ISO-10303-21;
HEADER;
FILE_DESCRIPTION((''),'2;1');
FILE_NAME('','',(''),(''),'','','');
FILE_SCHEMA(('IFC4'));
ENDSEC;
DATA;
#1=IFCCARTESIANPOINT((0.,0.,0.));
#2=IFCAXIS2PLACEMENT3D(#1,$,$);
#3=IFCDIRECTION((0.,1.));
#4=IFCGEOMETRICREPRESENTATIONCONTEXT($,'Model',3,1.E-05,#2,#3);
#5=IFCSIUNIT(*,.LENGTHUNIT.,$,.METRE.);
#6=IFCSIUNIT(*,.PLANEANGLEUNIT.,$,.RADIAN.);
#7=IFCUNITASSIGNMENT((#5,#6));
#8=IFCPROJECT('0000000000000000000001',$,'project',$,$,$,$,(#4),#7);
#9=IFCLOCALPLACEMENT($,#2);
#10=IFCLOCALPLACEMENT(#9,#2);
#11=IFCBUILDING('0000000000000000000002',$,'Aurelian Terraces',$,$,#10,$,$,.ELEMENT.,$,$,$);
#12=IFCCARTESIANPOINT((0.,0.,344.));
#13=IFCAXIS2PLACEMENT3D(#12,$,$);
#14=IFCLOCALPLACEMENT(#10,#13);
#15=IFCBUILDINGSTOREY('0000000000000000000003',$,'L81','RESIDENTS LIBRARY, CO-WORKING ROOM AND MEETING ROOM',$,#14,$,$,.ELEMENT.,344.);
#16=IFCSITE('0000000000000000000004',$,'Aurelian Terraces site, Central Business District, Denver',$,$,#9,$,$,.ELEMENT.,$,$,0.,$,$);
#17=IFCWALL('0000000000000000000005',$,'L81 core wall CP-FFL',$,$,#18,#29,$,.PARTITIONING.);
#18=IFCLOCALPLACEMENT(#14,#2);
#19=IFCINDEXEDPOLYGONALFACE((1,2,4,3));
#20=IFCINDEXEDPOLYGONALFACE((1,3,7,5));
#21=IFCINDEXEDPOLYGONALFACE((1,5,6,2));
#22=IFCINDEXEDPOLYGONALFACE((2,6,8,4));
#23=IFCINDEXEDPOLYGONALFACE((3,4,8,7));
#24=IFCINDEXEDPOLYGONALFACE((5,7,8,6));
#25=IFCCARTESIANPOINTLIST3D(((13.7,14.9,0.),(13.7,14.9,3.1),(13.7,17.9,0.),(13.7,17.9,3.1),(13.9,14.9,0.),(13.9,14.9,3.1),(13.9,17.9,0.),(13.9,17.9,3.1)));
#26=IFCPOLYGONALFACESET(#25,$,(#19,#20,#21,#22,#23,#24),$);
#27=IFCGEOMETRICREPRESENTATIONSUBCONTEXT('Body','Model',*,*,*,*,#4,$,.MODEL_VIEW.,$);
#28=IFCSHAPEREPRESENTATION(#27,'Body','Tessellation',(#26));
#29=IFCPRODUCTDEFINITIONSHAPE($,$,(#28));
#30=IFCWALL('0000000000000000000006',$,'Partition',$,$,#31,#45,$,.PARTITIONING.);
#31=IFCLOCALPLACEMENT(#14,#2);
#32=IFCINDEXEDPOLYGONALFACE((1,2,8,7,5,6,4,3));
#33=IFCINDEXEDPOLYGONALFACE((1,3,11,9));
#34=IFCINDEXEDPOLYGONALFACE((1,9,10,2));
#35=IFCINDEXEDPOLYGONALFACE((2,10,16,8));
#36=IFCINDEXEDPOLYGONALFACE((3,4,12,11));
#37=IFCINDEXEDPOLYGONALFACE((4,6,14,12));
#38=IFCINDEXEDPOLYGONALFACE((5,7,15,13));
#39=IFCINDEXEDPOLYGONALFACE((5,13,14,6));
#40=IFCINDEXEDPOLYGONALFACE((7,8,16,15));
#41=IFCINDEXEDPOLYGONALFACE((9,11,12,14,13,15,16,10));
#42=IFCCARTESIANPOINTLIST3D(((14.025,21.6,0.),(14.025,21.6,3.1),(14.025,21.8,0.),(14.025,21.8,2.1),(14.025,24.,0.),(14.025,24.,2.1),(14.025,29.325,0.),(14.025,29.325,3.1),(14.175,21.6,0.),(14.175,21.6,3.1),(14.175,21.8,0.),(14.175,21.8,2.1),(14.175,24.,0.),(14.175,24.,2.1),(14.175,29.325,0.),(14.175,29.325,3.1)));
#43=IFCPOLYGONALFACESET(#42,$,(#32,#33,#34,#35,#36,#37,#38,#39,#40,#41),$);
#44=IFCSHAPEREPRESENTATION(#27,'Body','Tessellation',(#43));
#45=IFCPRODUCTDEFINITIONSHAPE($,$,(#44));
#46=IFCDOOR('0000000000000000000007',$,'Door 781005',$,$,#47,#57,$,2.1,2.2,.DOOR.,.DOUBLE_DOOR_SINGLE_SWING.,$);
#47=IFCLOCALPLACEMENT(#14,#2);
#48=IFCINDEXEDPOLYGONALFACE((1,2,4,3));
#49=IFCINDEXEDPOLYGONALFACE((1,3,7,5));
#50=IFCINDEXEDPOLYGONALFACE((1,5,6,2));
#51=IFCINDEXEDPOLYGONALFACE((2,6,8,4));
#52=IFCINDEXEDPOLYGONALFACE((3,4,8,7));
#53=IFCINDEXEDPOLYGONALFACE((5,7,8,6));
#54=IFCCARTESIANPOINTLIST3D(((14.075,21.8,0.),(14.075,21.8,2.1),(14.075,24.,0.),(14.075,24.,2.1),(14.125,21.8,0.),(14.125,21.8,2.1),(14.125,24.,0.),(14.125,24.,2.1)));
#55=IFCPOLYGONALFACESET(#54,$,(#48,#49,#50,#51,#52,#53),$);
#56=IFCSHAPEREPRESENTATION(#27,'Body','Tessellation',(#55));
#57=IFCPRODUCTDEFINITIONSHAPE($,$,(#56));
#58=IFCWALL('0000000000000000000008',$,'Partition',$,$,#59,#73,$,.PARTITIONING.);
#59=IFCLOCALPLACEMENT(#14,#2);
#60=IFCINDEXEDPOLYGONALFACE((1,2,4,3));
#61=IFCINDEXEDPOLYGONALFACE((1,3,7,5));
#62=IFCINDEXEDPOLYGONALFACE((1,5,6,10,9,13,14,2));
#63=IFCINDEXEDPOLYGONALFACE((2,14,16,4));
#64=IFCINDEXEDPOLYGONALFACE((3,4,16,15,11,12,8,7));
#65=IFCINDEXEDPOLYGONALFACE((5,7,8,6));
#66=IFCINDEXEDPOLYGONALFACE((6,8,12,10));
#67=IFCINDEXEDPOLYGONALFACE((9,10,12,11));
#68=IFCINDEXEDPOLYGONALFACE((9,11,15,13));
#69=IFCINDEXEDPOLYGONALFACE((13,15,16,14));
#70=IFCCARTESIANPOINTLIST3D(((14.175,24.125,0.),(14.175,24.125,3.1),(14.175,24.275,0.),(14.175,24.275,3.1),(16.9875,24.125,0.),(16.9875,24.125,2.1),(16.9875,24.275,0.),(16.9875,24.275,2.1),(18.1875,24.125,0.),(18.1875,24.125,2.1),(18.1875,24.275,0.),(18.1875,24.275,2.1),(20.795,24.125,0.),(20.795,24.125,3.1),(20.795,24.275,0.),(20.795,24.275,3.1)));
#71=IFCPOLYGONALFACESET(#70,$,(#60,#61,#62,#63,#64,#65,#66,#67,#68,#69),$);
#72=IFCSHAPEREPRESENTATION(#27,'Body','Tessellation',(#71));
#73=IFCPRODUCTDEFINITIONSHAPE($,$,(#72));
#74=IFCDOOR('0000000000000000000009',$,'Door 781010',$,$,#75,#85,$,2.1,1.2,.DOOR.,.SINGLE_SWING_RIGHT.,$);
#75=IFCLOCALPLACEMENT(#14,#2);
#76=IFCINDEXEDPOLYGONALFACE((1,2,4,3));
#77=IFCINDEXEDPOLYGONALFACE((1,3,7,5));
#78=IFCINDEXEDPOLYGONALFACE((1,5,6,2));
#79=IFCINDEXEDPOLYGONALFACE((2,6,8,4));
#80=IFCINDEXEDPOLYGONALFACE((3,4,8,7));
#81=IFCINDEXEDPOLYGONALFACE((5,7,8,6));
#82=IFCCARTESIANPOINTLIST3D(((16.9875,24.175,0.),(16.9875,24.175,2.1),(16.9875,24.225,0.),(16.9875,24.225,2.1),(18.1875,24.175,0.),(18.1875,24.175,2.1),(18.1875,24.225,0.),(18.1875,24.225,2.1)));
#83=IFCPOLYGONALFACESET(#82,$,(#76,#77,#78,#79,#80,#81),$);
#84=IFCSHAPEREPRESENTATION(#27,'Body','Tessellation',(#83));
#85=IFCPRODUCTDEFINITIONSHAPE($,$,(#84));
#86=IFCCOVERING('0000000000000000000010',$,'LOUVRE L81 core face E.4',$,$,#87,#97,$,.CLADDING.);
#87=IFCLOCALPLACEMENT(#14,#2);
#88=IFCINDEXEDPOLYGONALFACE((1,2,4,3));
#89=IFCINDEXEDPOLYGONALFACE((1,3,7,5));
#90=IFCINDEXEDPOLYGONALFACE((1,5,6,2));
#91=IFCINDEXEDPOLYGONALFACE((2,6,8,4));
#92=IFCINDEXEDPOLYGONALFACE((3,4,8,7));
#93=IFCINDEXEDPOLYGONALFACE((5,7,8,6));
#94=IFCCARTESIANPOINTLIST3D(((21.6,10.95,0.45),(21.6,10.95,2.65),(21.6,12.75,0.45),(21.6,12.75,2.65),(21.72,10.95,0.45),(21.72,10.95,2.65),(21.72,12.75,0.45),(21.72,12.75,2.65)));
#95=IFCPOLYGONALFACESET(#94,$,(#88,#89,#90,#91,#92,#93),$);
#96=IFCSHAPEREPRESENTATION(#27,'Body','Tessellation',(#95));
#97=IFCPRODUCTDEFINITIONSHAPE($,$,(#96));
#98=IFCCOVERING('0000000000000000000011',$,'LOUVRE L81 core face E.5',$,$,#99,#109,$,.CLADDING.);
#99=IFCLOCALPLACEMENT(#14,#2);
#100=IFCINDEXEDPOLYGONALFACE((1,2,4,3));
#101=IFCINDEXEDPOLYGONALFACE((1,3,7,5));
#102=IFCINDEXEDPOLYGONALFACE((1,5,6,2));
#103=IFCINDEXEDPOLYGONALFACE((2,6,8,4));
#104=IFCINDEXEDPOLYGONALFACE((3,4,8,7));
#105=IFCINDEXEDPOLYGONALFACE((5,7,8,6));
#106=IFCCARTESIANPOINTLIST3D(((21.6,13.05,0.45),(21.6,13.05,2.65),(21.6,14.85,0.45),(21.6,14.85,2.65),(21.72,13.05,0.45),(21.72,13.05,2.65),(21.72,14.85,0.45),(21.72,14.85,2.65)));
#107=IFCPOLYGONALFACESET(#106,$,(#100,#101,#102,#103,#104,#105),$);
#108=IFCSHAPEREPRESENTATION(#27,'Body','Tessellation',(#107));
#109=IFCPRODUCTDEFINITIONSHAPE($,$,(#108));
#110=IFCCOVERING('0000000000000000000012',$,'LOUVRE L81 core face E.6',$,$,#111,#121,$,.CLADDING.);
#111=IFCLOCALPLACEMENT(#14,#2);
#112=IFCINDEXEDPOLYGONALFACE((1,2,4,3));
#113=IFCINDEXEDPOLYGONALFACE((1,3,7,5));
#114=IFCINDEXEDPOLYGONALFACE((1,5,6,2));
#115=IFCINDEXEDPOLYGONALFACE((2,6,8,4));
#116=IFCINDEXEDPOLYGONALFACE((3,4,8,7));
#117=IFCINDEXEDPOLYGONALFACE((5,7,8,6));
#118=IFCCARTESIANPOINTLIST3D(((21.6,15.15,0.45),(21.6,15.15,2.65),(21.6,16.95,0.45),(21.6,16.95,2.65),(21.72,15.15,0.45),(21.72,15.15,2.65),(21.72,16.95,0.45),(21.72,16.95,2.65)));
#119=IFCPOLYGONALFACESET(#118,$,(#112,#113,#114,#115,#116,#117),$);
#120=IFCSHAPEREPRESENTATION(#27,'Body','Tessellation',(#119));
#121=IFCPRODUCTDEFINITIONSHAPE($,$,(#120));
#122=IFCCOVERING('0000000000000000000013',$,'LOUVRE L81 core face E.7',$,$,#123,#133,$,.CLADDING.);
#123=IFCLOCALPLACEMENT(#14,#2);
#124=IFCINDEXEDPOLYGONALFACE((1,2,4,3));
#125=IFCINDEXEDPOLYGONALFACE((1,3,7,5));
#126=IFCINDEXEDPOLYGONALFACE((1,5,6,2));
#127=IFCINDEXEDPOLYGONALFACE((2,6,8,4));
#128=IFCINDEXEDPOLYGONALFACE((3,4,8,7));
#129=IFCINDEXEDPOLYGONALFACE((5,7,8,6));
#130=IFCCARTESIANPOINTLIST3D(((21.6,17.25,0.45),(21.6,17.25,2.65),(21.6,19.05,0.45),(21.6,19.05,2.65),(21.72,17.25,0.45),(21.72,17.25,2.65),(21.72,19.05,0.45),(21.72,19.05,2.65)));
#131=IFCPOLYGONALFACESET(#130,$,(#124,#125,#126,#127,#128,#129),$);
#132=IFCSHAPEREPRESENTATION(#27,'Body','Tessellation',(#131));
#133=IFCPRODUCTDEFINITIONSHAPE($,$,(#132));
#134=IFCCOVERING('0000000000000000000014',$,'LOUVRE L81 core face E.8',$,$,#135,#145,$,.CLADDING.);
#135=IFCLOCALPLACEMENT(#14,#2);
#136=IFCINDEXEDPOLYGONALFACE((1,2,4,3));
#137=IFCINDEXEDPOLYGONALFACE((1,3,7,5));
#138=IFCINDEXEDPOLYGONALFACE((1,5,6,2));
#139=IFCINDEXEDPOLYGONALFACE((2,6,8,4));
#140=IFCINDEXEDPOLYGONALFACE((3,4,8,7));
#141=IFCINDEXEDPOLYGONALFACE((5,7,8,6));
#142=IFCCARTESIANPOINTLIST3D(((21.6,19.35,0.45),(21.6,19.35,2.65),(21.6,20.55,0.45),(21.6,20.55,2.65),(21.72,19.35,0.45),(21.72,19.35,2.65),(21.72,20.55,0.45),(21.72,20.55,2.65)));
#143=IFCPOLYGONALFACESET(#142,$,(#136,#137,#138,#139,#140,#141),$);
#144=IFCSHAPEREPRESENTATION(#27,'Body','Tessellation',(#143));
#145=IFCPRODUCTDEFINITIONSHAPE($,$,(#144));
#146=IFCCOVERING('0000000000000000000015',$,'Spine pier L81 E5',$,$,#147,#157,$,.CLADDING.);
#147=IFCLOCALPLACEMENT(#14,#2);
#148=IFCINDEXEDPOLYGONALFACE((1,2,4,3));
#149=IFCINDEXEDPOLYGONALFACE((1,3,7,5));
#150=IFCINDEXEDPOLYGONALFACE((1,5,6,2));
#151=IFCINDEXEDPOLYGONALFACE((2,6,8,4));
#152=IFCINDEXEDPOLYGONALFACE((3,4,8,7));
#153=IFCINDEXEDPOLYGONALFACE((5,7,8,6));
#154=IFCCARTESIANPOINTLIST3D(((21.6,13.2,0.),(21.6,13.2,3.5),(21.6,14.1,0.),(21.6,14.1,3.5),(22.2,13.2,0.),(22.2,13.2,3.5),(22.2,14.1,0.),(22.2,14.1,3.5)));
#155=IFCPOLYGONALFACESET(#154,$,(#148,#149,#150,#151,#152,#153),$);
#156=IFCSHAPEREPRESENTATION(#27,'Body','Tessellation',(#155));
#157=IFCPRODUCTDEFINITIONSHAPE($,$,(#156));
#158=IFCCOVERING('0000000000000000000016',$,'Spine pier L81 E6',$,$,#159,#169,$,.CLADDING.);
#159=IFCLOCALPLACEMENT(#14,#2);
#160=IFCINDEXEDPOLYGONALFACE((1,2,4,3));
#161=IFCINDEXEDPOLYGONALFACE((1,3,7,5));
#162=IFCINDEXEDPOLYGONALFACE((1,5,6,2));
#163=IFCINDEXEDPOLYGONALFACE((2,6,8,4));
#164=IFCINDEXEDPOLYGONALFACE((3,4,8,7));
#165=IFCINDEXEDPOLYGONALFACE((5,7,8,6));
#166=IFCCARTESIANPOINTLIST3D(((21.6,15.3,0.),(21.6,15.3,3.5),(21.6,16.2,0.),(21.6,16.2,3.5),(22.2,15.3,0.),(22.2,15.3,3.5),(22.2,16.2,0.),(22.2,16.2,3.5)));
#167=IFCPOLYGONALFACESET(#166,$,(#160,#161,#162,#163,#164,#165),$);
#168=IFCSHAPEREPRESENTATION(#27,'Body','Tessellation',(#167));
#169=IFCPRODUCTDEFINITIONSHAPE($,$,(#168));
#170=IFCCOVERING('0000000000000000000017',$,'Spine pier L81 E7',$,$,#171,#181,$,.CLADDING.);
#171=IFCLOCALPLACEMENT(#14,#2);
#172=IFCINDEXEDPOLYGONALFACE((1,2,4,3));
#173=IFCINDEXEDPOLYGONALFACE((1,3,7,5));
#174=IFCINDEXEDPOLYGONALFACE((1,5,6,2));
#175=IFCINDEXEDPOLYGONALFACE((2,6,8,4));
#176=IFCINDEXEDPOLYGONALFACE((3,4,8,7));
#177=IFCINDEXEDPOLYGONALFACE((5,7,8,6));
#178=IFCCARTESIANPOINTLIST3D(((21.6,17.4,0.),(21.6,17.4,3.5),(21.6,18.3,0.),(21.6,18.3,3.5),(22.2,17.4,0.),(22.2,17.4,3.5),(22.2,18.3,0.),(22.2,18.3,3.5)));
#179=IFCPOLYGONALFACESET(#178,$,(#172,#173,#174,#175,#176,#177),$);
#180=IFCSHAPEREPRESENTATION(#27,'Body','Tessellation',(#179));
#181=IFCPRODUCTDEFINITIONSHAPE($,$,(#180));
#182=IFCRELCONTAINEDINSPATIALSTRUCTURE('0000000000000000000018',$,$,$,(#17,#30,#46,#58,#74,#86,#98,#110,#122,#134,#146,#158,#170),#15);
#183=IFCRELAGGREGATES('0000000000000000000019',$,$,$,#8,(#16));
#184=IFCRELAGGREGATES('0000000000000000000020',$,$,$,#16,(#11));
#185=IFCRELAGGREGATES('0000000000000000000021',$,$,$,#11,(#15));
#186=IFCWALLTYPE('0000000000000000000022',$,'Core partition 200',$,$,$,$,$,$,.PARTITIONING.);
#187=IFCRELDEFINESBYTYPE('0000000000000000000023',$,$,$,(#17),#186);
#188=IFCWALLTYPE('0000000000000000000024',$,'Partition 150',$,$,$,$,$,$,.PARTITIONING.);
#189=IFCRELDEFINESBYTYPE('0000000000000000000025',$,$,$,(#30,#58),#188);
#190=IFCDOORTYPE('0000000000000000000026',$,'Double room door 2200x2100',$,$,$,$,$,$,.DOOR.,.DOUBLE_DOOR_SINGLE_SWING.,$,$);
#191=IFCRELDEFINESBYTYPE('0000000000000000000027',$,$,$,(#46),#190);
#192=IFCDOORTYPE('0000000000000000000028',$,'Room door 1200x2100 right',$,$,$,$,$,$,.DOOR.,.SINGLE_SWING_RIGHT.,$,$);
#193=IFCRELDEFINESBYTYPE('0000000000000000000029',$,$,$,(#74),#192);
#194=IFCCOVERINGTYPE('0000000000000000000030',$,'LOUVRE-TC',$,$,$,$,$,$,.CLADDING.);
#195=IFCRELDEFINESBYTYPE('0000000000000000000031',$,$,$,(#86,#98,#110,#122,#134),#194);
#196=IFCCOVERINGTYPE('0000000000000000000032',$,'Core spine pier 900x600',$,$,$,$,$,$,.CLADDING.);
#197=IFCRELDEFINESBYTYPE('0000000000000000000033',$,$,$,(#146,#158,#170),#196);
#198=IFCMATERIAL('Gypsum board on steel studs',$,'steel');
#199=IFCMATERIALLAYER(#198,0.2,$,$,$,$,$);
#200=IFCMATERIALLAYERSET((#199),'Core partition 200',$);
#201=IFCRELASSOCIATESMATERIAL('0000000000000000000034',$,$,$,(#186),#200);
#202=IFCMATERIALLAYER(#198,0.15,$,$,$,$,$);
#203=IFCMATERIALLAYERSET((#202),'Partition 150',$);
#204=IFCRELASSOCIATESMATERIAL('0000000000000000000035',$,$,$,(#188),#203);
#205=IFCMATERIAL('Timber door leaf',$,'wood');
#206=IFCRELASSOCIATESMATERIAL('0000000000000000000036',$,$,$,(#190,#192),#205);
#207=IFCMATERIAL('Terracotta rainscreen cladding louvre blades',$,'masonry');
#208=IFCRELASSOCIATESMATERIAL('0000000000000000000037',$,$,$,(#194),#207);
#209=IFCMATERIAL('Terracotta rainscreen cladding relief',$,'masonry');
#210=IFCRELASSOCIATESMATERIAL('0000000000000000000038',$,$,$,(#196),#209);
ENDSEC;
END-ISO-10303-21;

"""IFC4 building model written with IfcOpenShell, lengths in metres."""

from ifc_helpers import new_model, si_unit, direction, frame, frame_2d, origin, origin_2d, place, context, subcontext, project, spatial, rectangle, extrude, source, transform, mapped, material, layer, layer_set, type_object, element, fill, save


model = new_model("IFC4")

# Units and contexts
model_context = context("Model", 3, precision=1e-05, world=origin(), true_north=direction((0.0, 1.0)))
body_context = subcontext(model_context, "Body", "Model", "MODEL_VIEW")
ifc_project = project(units=[si_unit("LENGTHUNIT", "METRE"), si_unit("PLANEANGLEUNIT", "RADIAN")], contexts=[model_context])

# Site, building, storey
site_placement = place(None, origin())
site = spatial("IfcSite", under=ifc_project, at=site_placement, Name="Aurelian Terraces site, Central Business District, Denver", CompositionType="ELEMENT", RefElevation=0.0)
building_placement = place(site_placement, origin())
building = spatial("IfcBuilding", under=site, at=building_placement, Name="Aurelian Terraces", CompositionType="ELEMENT")
storey_placement = place(building_placement, frame((0.0, 0.0, 344.0)))
storey = spatial("IfcBuildingStorey", under=building, at=storey_placement, Name="L81", Description="RESIDENTS LIBRARY, CO-WORKING ROOM AND MEETING ROOM", CompositionType="ELEMENT", Elevation=344.0)

# Wall
ifc_material_1 = material(Name="Gypsum board on steel studs", Category="steel")
ifc_layer_1 = layer(ifc_material_1, 0.2)
ifc_layer_set_1 = layer_set([ifc_layer_1], Name="Core partition 200")
wall_type_1 = type_object("IfcWallType", Name="Core partition 200", PredefinedType="PARTITIONING", material=ifc_layer_set_1)
shared_shape_1 = source(origin(), body_context, "Body", "SweptSolid", [
    extrude(rectangle(XDim=3.0, YDim=0.2, at=frame_2d((1.5, 0.0))), origin(), (0.0, 0.0, 1.0), 3.1),
])
wall_1_placement = place(storey_placement, frame((13.8, 14.9, 0.0), z_axis=(0.0, 0.0, 1.0), x_axis=(0.0, 1.0, 0.0)))
element("IfcWall", 1, at=wall_1_placement, inside=storey, type_object=wall_type_1, Name="L81 core wall CP-FFL", PredefinedType="PARTITIONING", context=body_context, shape_type="MappedRepresentation", body=[
    mapped(shared_shape_1, transform((0.0, 0.0, 0.0), scale=1.0)),
])

# Walls, openings, doors
ifc_layer_2 = layer(ifc_material_1, 0.15)
ifc_layer_set_2 = layer_set([ifc_layer_2], Name="Partition 150")
wall_type_2 = type_object("IfcWallType", Name="Partition 150", PredefinedType="PARTITIONING", material=ifc_layer_set_2)
shared_shape_2 = source(origin(), body_context, "Body", "SweptSolid", [
    extrude(rectangle(XDim=7.725, YDim=0.15, at=frame_2d((3.8625, 0.0))), origin(), (0.0, 0.0, 1.0), 3.1),
])
wall_2_placement = place(storey_placement, frame((14.1, 29.325, 0.0), z_axis=(0.0, 0.0, 1.0), x_axis=(0.0, -1.0, 0.0)))
wall_2 = element("IfcWall", 2, at=wall_2_placement, inside=storey, type_object=wall_type_2, Name="Partition", PredefinedType="PARTITIONING", context=body_context, shape_type="MappedRepresentation", body=[
    mapped(shared_shape_2, transform((0.0, 0.0, 0.0), scale=1.0)),
])
shared_shape_3 = source(origin(), body_context, "Body", "SweptSolid", [
    extrude(rectangle(XDim=2.2, YDim=2.1, at=frame_2d((1.1, 1.05))), frame((0.0, 0.085, 0.0), z_axis=(0.0, -1.0, 0.0), x_axis=(1.0, 0.0, 0.0)), (0.0, 0.0, 1.0), 0.17),
])
opening_1_placement = place(wall_2_placement, frame((5.325, 0.0, 0.0)))
opening_1 = element("IfcOpeningElement", 3, at=opening_1_placement, cuts=wall_2, PredefinedType="OPENING", context=body_context, shape_type="MappedRepresentation", body=[
    mapped(shared_shape_3, transform((0.0, 0.0, 0.0), scale=1.0)),
])
ifc_material_2 = material(Name="Timber door leaf", Category="wood")
door_type_1 = type_object("IfcDoorType", Name="Double room door 2200x2100", OperationType="DOUBLE_DOOR_SINGLE_SWING", PredefinedType="DOOR", material=ifc_material_2)
shared_shape_4 = source(origin(), body_context, "Body", "SweptSolid", [
    extrude(rectangle(XDim=2.2, YDim=2.1, at=frame_2d((1.1, 1.05))), frame((0.0, 0.025, 0.0), z_axis=(0.0, -1.0, 0.0), x_axis=(1.0, 0.0, 0.0)), (0.0, 0.0, 1.0), 0.05),
])
door_1_placement = place(opening_1_placement, origin())
door_1 = element("IfcDoor", 4, at=door_1_placement, inside=storey, type_object=door_type_1, Name="Door 781005", OperationType="DOUBLE_DOOR_SINGLE_SWING", OverallHeight=2.1, OverallWidth=2.2, PredefinedType="DOOR", context=body_context, shape_type="MappedRepresentation", body=[
    mapped(shared_shape_4, transform((0.0, 0.0, 0.0), scale=1.0)),
])
fill(opening_1, door_1)
shared_shape_5 = source(origin(), body_context, "Body", "SweptSolid", [
    extrude(rectangle(XDim=6.62, YDim=0.15, at=frame_2d((3.31, 0.0))), origin(), (0.0, 0.0, 1.0), 3.1),
])
wall_3_placement = place(storey_placement, frame((14.175, 24.2, 0.0), z_axis=(0.0, 0.0, 1.0), x_axis=(1.0, 0.0, 0.0)))
wall_3 = element("IfcWall", 5, at=wall_3_placement, inside=storey, type_object=wall_type_2, Name="Partition", PredefinedType="PARTITIONING", context=body_context, shape_type="MappedRepresentation", body=[
    mapped(shared_shape_5, transform((0.0, 0.0, 0.0), scale=1.0)),
])
shared_shape_6 = source(origin(), body_context, "Body", "SweptSolid", [
    extrude(rectangle(XDim=1.2, YDim=2.1, at=frame_2d((0.6, 1.05))), frame((0.0, 0.085, 0.0), z_axis=(0.0, -1.0, 0.0), x_axis=(1.0, 0.0, 0.0)), (0.0, 0.0, 1.0), 0.17),
])
opening_2_placement = place(wall_3_placement, frame((2.8125, 0.0, 0.0)))
opening_2 = element("IfcOpeningElement", 6, at=opening_2_placement, cuts=wall_3, PredefinedType="OPENING", context=body_context, shape_type="MappedRepresentation", body=[
    mapped(shared_shape_6, transform((0.0, 0.0, 0.0), scale=1.0)),
])
door_type_2 = type_object("IfcDoorType", Name="Room door 1200x2100 right", OperationType="SINGLE_SWING_RIGHT", PredefinedType="DOOR", material=ifc_material_2)
shared_shape_7 = source(origin(), body_context, "Body", "SweptSolid", [
    extrude(rectangle(XDim=1.2, YDim=2.1, at=frame_2d((0.6, 1.05))), frame((0.0, 0.025, 0.0), z_axis=(0.0, -1.0, 0.0), x_axis=(1.0, 0.0, 0.0)), (0.0, 0.0, 1.0), 0.05),
])
door_2_placement = place(opening_2_placement, origin())
door_2 = element("IfcDoor", 7, at=door_2_placement, inside=storey, type_object=door_type_2, Name="Door 781010", OperationType="SINGLE_SWING_RIGHT", OverallHeight=2.1, OverallWidth=1.2, PredefinedType="DOOR", context=body_context, shape_type="MappedRepresentation", body=[
    mapped(shared_shape_7, transform((0.0, 0.0, 0.0), scale=1.0)),
])
fill(opening_2, door_2)

# Coverings
ifc_material_3 = material(Name="Terracotta rainscreen cladding louvre blades", Category="masonry")
covering_type_1 = type_object("IfcCoveringType", Name="LOUVRE-TC", PredefinedType="CLADDING", material=ifc_material_3)
shared_shape_8 = source(origin(), body_context, "Body", "SweptSolid", [
    extrude(rectangle(XDim=0.12, YDim=1.8, at=origin_2d()), origin(), (0.0, 0.0, 1.0), 2.2),
])
for number, where, z_axis, x_axis, name in (
    (8, (21.66, 11.85, 0.45), (0.0, 0.0, 1.0), (1.0, 0.0, 0.0), "LOUVRE L81 core face E.4"),
    (9, (21.66, 13.95, 0.45), (0.0, 0.0, 1.0), (1.0, 0.0, 0.0), "LOUVRE L81 core face E.5"),
    (10, (21.66, 16.05, 0.45), (0.0, 0.0, 1.0), (1.0, 0.0, 0.0), "LOUVRE L81 core face E.6"),
    (11, (21.66, 18.15, 0.45), (0.0, 0.0, 1.0), (1.0, 0.0, 0.0), "LOUVRE L81 core face E.7"),
):
    element("IfcCovering", number, at=place(storey_placement, frame(where, z_axis=z_axis, x_axis=x_axis)), inside=storey, type_object=covering_type_1, Name=name, PredefinedType="CLADDING", context=body_context, shape_type="MappedRepresentation", body=[
        mapped(shared_shape_8, transform((0.0, 0.0, 0.0), scale=1.0)),
    ])
shared_shape_9 = source(origin(), body_context, "Body", "SweptSolid", [
    extrude(rectangle(XDim=0.12, YDim=1.2, at=origin_2d()), origin(), (0.0, 0.0, 1.0), 2.2),
])
covering_1_placement = place(storey_placement, frame((21.66, 19.95, 0.45), z_axis=(0.0, 0.0, 1.0), x_axis=(1.0, 0.0, 0.0)))
element("IfcCovering", 12, at=covering_1_placement, inside=storey, type_object=covering_type_1, Name="LOUVRE L81 core face E.8", PredefinedType="CLADDING", context=body_context, shape_type="MappedRepresentation", body=[
    mapped(shared_shape_9, transform((0.0, 0.0, 0.0), scale=1.0)),
])
ifc_material_4 = material(Name="Terracotta rainscreen cladding relief", Category="masonry")
covering_type_2 = type_object("IfcCoveringType", Name="Core spine pier 900x600", PredefinedType="CLADDING", material=ifc_material_4)
shared_shape_10 = source(origin(), body_context, "Body", "SweptSolid", [
    extrude(rectangle(XDim=0.6, YDim=0.9, at=origin_2d()), origin(), (0.0, 0.0, 1.0), 3.5),
])
for number, where, z_axis, x_axis, name in (
    (13, (21.9, 13.65, 0.0), (0.0, 0.0, 1.0), (1.0, 0.0, 0.0), "Spine pier L81 E5"),
    (14, (21.9, 15.75, 0.0), (0.0, 0.0, 1.0), (1.0, 0.0, 0.0), "Spine pier L81 E6"),
    (15, (21.9, 17.85, 0.0), (0.0, 0.0, 1.0), (1.0, 0.0, 0.0), "Spine pier L81 E7"),
):
    element("IfcCovering", number, at=place(storey_placement, frame(where, z_axis=z_axis, x_axis=x_axis)), inside=storey, type_object=covering_type_2, Name=name, PredefinedType="CLADDING", context=body_context, shape_type="MappedRepresentation", body=[
        mapped(shared_shape_10, transform((0.0, 0.0, 0.0), scale=1.0)),
    ])

save(model, "model.ifc")
